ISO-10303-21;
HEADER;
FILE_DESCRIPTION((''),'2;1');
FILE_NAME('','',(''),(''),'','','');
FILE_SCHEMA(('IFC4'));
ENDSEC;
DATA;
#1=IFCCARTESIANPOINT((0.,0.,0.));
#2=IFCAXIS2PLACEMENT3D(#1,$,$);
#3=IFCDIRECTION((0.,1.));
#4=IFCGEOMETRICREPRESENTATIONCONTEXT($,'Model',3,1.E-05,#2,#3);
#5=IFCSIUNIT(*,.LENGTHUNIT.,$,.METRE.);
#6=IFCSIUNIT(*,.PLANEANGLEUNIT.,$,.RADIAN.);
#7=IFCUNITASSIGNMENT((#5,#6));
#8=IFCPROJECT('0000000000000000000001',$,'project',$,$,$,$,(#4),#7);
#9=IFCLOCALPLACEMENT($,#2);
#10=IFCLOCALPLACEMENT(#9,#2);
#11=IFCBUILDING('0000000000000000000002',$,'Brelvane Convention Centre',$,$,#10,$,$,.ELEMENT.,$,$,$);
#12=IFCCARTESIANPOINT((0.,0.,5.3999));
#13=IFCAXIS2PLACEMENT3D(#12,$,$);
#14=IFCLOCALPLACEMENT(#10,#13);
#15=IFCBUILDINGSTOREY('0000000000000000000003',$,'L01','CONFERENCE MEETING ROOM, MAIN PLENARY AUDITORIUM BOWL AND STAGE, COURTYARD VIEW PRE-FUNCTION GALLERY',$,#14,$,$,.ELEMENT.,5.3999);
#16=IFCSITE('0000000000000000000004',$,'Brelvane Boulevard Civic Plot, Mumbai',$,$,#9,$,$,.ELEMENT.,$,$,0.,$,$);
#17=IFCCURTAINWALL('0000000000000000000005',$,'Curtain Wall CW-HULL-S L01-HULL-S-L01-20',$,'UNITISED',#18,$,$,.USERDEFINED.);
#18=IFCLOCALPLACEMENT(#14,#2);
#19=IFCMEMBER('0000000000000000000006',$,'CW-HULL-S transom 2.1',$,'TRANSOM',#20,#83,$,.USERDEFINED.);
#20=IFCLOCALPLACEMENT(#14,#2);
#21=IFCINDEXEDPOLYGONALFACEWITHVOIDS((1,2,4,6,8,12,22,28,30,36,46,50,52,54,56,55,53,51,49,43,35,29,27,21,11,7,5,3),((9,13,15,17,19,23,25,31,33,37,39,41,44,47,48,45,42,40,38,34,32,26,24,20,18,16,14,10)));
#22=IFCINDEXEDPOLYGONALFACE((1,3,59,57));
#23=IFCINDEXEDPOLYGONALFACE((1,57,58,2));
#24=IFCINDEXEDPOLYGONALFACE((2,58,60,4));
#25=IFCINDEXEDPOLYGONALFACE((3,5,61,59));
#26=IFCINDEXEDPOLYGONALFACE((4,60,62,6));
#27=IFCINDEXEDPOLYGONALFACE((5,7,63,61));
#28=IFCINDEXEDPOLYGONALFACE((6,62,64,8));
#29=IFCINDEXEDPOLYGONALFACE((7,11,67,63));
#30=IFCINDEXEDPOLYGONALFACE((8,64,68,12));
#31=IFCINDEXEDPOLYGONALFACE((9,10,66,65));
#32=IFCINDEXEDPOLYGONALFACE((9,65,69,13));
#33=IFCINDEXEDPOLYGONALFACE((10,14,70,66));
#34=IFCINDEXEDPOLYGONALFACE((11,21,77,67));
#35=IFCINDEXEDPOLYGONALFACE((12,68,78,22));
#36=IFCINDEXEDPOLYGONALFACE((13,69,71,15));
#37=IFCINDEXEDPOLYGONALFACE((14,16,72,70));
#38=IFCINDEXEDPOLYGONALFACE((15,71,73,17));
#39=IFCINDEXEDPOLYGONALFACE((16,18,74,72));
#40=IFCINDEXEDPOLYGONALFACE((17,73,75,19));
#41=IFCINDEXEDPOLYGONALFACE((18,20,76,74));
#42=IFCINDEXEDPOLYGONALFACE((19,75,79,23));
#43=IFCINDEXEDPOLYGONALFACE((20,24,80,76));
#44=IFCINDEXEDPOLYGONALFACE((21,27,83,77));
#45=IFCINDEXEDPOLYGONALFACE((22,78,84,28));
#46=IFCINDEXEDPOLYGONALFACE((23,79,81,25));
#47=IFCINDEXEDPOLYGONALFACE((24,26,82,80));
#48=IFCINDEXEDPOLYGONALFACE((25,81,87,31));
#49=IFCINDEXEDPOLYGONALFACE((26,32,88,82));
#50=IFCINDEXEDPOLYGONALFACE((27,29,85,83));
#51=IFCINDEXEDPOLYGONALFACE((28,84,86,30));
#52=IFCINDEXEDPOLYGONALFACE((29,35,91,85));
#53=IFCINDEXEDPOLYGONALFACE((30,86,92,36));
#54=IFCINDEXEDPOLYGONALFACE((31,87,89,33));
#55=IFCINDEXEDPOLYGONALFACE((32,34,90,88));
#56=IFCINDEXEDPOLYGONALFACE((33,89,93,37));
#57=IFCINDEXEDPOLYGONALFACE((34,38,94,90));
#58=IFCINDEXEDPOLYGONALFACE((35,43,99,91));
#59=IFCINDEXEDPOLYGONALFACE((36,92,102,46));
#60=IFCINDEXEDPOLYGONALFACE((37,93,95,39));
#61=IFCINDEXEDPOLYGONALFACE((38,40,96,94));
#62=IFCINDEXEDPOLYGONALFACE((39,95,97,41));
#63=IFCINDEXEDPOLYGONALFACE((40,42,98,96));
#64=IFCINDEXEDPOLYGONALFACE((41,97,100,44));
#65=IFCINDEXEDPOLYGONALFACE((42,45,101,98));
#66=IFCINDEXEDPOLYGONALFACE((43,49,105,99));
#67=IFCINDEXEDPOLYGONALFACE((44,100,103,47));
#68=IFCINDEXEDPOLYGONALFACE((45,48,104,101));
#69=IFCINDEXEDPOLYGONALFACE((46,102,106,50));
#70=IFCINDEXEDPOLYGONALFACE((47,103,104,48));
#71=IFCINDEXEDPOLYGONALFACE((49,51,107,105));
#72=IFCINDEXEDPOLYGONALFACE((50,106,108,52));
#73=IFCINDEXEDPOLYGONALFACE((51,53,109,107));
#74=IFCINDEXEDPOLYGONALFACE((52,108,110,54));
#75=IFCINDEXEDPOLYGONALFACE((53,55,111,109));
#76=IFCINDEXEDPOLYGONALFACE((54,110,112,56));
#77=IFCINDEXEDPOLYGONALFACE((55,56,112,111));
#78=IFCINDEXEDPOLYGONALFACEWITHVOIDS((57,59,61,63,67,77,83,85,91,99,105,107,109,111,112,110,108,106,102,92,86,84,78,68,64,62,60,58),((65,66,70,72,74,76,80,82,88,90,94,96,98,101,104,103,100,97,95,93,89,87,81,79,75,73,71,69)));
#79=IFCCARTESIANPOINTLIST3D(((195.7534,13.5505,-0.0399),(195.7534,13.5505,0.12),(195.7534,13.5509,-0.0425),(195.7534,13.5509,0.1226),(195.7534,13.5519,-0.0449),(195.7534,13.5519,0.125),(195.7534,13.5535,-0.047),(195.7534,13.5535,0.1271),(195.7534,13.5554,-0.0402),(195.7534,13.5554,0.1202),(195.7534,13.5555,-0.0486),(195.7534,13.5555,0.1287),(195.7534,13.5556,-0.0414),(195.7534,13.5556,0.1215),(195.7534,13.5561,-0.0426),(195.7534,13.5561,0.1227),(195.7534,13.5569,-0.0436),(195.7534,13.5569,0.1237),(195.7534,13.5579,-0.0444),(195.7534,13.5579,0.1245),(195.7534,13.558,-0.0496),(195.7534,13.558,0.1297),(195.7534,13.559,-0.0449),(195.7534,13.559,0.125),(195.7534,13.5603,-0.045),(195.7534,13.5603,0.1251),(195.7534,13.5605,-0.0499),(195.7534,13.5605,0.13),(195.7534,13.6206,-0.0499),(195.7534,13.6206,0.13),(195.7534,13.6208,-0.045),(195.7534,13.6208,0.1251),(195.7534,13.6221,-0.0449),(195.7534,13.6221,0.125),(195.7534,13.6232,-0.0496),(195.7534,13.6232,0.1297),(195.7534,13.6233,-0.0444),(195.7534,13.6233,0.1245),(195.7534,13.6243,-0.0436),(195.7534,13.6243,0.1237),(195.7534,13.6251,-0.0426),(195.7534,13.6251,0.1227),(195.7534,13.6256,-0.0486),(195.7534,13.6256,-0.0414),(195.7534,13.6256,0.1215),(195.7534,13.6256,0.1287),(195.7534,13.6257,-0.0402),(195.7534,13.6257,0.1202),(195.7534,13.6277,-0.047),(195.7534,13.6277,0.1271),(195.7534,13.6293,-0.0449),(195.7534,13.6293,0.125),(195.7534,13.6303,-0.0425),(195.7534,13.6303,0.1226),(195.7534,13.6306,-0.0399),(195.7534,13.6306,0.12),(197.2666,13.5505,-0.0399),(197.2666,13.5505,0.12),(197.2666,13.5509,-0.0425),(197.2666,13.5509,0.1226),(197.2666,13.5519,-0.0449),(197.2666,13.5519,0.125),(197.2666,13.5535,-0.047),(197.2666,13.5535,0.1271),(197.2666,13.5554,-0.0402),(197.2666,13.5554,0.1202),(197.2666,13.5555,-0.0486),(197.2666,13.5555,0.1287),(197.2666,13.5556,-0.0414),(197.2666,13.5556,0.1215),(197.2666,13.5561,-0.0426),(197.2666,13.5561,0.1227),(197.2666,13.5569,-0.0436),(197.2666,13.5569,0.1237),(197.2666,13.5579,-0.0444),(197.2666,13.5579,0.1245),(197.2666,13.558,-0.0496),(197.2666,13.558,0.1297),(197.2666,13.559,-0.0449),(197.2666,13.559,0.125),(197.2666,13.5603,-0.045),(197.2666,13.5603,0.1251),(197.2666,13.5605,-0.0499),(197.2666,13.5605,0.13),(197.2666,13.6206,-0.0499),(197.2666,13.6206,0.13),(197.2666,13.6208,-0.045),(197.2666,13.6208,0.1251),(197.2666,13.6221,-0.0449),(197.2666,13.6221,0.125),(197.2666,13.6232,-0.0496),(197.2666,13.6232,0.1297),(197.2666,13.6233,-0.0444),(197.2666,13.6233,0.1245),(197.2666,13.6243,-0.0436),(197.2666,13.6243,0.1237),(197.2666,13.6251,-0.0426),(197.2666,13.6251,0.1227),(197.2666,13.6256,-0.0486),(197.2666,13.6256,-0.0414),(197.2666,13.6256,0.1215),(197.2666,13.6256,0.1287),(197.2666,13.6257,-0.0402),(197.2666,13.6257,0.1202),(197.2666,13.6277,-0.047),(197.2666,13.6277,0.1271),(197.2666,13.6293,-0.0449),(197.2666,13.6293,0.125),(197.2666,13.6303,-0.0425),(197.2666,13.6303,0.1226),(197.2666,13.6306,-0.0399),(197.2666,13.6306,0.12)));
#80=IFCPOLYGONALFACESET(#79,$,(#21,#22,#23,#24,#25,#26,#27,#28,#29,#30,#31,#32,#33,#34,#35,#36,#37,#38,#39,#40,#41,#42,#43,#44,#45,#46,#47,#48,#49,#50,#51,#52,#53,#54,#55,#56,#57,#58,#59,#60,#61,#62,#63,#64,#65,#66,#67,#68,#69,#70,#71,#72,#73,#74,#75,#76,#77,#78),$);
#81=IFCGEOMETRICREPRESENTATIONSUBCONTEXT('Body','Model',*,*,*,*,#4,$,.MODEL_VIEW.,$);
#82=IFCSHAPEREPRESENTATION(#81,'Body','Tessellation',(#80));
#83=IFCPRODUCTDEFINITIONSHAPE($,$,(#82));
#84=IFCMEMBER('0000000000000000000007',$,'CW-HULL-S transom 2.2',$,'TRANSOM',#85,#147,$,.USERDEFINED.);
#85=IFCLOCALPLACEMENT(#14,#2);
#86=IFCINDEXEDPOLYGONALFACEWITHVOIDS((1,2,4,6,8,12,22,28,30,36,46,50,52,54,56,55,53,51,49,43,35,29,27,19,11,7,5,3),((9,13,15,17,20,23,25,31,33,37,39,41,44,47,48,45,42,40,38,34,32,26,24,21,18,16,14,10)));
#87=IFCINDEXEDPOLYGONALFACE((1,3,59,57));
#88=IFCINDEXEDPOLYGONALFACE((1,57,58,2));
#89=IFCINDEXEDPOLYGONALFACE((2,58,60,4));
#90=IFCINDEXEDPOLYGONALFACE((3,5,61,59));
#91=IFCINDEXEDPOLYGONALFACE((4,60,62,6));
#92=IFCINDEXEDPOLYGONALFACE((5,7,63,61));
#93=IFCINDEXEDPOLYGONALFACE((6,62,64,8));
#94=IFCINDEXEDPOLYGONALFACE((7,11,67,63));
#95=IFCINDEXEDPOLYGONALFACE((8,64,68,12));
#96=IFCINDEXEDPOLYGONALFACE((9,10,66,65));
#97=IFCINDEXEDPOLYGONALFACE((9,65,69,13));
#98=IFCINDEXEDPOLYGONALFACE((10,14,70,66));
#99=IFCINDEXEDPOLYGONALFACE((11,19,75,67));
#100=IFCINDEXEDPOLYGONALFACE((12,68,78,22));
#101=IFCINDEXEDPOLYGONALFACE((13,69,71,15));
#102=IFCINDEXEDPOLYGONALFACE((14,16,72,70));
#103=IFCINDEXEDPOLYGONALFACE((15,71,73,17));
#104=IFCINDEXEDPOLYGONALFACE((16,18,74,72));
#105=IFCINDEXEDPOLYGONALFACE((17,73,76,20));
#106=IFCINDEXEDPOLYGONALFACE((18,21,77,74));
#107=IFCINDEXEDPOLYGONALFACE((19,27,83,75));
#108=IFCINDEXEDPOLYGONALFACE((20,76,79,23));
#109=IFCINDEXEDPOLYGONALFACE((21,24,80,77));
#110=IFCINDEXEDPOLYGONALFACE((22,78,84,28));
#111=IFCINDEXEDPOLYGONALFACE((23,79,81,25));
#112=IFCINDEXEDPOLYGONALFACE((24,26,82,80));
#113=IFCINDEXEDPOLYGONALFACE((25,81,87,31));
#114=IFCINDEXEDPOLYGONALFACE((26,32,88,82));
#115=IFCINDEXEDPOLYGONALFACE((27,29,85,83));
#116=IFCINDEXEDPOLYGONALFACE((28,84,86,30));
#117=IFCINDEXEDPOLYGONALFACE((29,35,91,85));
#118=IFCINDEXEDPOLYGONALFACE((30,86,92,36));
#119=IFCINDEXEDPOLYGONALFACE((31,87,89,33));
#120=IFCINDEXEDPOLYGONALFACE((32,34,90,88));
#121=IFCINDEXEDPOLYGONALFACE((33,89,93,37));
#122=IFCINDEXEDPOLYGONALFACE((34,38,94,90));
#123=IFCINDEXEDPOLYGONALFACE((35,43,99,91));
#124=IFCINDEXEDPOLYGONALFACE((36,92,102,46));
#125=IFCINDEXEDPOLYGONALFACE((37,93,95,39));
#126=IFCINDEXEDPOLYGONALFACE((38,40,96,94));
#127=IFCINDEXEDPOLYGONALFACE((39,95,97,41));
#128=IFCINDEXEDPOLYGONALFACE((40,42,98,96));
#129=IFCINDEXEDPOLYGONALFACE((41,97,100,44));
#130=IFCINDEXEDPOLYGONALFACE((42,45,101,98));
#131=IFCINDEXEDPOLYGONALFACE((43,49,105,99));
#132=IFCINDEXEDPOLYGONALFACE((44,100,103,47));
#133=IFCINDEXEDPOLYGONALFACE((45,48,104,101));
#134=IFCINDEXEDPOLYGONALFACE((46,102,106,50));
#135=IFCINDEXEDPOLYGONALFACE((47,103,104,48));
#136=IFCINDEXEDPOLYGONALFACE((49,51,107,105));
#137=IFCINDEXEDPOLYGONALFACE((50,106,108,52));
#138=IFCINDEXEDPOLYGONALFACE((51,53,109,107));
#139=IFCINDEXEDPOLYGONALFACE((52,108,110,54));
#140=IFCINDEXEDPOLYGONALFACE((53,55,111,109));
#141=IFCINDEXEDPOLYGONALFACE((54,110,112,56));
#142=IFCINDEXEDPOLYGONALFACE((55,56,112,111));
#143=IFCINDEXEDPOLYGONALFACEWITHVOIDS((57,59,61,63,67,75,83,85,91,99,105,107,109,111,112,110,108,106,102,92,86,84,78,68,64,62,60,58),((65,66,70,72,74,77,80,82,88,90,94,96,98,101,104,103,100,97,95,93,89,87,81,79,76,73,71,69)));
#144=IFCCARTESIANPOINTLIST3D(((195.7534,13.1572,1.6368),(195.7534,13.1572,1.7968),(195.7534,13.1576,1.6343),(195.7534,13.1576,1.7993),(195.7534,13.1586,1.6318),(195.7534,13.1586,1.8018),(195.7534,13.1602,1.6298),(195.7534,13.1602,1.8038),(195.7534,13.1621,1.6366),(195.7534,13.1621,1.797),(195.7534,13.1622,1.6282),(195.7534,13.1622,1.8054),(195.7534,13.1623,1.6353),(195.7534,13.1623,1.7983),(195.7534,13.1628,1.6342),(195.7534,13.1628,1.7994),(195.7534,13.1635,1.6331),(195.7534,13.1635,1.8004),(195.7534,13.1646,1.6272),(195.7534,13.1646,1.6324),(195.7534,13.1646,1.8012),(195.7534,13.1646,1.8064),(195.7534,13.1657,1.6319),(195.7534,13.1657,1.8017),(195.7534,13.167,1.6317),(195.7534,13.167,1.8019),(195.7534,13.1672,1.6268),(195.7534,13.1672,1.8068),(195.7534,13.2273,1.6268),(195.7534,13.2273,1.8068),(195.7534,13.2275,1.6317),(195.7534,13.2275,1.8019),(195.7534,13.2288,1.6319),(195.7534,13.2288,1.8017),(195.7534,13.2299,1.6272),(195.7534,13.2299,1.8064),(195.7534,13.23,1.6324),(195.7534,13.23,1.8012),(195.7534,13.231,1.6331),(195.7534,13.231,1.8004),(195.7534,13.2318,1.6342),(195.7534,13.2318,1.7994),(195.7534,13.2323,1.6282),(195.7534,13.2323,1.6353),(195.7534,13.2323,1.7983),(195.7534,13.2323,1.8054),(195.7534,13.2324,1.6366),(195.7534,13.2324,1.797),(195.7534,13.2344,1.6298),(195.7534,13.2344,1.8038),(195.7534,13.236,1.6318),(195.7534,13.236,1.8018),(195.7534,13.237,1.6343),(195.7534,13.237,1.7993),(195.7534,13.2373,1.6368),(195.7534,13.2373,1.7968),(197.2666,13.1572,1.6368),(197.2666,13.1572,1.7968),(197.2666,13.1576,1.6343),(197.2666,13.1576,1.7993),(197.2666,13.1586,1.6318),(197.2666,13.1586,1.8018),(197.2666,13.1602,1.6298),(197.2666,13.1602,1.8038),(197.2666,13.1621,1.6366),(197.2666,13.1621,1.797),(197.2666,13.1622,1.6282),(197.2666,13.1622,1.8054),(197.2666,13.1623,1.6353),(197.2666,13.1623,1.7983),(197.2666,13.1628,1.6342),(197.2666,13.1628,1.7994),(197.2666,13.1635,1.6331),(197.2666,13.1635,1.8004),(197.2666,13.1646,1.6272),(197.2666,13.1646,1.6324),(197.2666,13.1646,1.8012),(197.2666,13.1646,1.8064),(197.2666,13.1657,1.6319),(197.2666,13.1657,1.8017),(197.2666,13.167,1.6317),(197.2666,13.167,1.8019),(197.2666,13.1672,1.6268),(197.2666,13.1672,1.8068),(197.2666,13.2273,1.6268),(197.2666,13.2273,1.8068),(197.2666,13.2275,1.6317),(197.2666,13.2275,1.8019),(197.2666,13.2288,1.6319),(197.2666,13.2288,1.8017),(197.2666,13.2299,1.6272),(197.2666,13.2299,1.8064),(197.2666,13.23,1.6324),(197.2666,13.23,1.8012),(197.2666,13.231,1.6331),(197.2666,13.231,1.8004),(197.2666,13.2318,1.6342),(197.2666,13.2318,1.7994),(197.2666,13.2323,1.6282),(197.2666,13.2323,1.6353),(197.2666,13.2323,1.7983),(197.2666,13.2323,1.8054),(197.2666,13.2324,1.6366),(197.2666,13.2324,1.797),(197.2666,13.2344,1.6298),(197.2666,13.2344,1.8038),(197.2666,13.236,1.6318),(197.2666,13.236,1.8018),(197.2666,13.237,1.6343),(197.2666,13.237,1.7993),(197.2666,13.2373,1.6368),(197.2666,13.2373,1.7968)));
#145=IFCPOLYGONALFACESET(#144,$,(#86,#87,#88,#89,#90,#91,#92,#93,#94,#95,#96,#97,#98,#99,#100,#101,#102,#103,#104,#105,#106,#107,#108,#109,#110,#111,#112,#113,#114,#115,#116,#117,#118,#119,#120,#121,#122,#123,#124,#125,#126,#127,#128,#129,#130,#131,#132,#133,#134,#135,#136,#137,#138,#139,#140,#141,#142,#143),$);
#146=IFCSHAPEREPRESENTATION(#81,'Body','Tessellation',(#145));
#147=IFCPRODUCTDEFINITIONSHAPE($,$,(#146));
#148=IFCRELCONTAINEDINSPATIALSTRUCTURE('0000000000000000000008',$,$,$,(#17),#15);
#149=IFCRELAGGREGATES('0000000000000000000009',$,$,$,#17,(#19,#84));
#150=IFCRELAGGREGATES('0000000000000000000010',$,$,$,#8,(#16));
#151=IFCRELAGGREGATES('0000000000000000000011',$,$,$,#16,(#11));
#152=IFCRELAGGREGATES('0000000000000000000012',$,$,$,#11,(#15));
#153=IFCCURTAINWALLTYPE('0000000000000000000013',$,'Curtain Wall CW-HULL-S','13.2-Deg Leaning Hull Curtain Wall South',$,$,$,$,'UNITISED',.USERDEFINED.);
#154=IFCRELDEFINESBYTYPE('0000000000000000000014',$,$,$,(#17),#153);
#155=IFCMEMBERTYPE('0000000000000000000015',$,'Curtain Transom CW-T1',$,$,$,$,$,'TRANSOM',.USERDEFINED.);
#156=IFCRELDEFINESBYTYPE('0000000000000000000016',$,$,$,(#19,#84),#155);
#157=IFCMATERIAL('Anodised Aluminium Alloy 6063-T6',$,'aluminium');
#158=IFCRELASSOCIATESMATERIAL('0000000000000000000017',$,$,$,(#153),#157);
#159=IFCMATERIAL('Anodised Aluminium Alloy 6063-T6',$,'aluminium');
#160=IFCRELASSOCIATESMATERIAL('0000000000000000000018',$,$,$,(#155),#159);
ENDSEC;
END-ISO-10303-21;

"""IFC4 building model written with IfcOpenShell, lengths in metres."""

from ifc_helpers import new_model, si_unit, direction, frame, origin, origin_2d, place, context, subcontext, project, spatial, hollow_rectangle, extrude, material, material_profile, profile_set, type_object, element, aggregate, save


model = new_model("IFC4")

# Units and contexts
model_context = context("Model", 3, precision=1e-05, world=origin(), true_north=direction((0.0, 1.0)))
body_context = subcontext(model_context, "Body", "Model", "MODEL_VIEW")
ifc_project = project(units=[si_unit("LENGTHUNIT", "METRE"), si_unit("PLANEANGLEUNIT", "RADIAN")], contexts=[model_context])

# Site, building, storey
site_placement = place(None, origin())
site = spatial("IfcSite", under=ifc_project, at=site_placement, Name="Brelvane Boulevard Civic Plot, Mumbai", CompositionType="ELEMENT", RefElevation=0.0)
building_placement = place(site_placement, origin())
building = spatial("IfcBuilding", under=site, at=building_placement, Name="Brelvane Convention Centre", CompositionType="ELEMENT")
storey_placement = place(building_placement, frame((0.0, 0.0, 5.3999)))
storey = spatial("IfcBuildingStorey", under=building, at=storey_placement, Name="L01", Description="CONFERENCE MEETING ROOM, MAIN PLENARY AUDITORIUM BOWL AND STAGE, COURTYARD VIEW PRE-FUNCTION GALLERY", CompositionType="ELEMENT", Elevation=5.3999)

# Curtain wall, members
ifc_material_1 = material(Name="Anodised Aluminium Alloy 6063-T6", Category="aluminium")
curtain_wall_type = type_object("IfcCurtainWallType", Name="Curtain Wall CW-HULL-S", Description="13.2-Deg Leaning Hull Curtain Wall South", ElementType="UNITISED", PredefinedType="USERDEFINED", material=ifc_material_1)
curtain_wall_1_placement = place(storey_placement, origin())
curtain_wall_1 = element("IfcCurtainWall", 1, at=curtain_wall_1_placement, inside=storey, type_object=curtain_wall_type, Name="Curtain Wall CW-HULL-S L01-HULL-S-L01-20", ObjectType="UNITISED", PredefinedType="USERDEFINED")
ifc_material_2 = material(Name="Anodised Aluminium Alloy 6063-T6", Category="aluminium")
ifc_material_profile = material_profile(ifc_material_2, hollow_rectangle(XDim=0.0801, YDim=0.1799, WallThickness=0.0049, InnerFilletRadius=0.0049, OuterFilletRadius=0.01, at=origin_2d()), Name="ALU-T 180x80x5.0")
ifc_profile_set = profile_set([ifc_material_profile], Name="Anodised Aluminium Alloy 6063-T6")
member_type = type_object("IfcMemberType", Name="Curtain Transom CW-T1", ElementType="TRANSOM", PredefinedType="USERDEFINED", material=ifc_profile_set)
member_1_placement = place(storey_placement, frame((195.7534, 13.5906, 0.04), z_axis=(1.0, 0.0, 0.0), x_axis=(0.0, 1.0, 0.0)))
member_1 = element("IfcMember", 2, at=member_1_placement, type_object=member_type, Name="CW-HULL-S transom 2.1", ObjectType="TRANSOM", PredefinedType="USERDEFINED", context=body_context, shape_type="SweptSolid", body=[
    extrude(hollow_rectangle(XDim=0.0801, YDim=0.1799, WallThickness=0.0049, InnerFilletRadius=0.0049, OuterFilletRadius=0.01, at=origin_2d()), origin(), (0.0, 0.0, 1.0), 1.5132),
])
member_2_placement = place(storey_placement, frame((195.7534, 13.1973, 1.7168), z_axis=(1.0, 0.0, 0.0), x_axis=(0.0, 1.0, 0.0)))
member_2 = element("IfcMember", 3, at=member_2_placement, type_object=member_type, Name="CW-HULL-S transom 2.2", ObjectType="TRANSOM", PredefinedType="USERDEFINED", context=body_context, shape_type="SweptSolid", body=[
    extrude(hollow_rectangle(XDim=0.0801, YDim=0.1799, WallThickness=0.0049, InnerFilletRadius=0.0049, OuterFilletRadius=0.01, at=origin_2d()), origin(), (0.0, 0.0, 1.0), 1.5132),
])

aggregate(curtain_wall_1, [member_1, member_2])

save(model, "model.ifc")
